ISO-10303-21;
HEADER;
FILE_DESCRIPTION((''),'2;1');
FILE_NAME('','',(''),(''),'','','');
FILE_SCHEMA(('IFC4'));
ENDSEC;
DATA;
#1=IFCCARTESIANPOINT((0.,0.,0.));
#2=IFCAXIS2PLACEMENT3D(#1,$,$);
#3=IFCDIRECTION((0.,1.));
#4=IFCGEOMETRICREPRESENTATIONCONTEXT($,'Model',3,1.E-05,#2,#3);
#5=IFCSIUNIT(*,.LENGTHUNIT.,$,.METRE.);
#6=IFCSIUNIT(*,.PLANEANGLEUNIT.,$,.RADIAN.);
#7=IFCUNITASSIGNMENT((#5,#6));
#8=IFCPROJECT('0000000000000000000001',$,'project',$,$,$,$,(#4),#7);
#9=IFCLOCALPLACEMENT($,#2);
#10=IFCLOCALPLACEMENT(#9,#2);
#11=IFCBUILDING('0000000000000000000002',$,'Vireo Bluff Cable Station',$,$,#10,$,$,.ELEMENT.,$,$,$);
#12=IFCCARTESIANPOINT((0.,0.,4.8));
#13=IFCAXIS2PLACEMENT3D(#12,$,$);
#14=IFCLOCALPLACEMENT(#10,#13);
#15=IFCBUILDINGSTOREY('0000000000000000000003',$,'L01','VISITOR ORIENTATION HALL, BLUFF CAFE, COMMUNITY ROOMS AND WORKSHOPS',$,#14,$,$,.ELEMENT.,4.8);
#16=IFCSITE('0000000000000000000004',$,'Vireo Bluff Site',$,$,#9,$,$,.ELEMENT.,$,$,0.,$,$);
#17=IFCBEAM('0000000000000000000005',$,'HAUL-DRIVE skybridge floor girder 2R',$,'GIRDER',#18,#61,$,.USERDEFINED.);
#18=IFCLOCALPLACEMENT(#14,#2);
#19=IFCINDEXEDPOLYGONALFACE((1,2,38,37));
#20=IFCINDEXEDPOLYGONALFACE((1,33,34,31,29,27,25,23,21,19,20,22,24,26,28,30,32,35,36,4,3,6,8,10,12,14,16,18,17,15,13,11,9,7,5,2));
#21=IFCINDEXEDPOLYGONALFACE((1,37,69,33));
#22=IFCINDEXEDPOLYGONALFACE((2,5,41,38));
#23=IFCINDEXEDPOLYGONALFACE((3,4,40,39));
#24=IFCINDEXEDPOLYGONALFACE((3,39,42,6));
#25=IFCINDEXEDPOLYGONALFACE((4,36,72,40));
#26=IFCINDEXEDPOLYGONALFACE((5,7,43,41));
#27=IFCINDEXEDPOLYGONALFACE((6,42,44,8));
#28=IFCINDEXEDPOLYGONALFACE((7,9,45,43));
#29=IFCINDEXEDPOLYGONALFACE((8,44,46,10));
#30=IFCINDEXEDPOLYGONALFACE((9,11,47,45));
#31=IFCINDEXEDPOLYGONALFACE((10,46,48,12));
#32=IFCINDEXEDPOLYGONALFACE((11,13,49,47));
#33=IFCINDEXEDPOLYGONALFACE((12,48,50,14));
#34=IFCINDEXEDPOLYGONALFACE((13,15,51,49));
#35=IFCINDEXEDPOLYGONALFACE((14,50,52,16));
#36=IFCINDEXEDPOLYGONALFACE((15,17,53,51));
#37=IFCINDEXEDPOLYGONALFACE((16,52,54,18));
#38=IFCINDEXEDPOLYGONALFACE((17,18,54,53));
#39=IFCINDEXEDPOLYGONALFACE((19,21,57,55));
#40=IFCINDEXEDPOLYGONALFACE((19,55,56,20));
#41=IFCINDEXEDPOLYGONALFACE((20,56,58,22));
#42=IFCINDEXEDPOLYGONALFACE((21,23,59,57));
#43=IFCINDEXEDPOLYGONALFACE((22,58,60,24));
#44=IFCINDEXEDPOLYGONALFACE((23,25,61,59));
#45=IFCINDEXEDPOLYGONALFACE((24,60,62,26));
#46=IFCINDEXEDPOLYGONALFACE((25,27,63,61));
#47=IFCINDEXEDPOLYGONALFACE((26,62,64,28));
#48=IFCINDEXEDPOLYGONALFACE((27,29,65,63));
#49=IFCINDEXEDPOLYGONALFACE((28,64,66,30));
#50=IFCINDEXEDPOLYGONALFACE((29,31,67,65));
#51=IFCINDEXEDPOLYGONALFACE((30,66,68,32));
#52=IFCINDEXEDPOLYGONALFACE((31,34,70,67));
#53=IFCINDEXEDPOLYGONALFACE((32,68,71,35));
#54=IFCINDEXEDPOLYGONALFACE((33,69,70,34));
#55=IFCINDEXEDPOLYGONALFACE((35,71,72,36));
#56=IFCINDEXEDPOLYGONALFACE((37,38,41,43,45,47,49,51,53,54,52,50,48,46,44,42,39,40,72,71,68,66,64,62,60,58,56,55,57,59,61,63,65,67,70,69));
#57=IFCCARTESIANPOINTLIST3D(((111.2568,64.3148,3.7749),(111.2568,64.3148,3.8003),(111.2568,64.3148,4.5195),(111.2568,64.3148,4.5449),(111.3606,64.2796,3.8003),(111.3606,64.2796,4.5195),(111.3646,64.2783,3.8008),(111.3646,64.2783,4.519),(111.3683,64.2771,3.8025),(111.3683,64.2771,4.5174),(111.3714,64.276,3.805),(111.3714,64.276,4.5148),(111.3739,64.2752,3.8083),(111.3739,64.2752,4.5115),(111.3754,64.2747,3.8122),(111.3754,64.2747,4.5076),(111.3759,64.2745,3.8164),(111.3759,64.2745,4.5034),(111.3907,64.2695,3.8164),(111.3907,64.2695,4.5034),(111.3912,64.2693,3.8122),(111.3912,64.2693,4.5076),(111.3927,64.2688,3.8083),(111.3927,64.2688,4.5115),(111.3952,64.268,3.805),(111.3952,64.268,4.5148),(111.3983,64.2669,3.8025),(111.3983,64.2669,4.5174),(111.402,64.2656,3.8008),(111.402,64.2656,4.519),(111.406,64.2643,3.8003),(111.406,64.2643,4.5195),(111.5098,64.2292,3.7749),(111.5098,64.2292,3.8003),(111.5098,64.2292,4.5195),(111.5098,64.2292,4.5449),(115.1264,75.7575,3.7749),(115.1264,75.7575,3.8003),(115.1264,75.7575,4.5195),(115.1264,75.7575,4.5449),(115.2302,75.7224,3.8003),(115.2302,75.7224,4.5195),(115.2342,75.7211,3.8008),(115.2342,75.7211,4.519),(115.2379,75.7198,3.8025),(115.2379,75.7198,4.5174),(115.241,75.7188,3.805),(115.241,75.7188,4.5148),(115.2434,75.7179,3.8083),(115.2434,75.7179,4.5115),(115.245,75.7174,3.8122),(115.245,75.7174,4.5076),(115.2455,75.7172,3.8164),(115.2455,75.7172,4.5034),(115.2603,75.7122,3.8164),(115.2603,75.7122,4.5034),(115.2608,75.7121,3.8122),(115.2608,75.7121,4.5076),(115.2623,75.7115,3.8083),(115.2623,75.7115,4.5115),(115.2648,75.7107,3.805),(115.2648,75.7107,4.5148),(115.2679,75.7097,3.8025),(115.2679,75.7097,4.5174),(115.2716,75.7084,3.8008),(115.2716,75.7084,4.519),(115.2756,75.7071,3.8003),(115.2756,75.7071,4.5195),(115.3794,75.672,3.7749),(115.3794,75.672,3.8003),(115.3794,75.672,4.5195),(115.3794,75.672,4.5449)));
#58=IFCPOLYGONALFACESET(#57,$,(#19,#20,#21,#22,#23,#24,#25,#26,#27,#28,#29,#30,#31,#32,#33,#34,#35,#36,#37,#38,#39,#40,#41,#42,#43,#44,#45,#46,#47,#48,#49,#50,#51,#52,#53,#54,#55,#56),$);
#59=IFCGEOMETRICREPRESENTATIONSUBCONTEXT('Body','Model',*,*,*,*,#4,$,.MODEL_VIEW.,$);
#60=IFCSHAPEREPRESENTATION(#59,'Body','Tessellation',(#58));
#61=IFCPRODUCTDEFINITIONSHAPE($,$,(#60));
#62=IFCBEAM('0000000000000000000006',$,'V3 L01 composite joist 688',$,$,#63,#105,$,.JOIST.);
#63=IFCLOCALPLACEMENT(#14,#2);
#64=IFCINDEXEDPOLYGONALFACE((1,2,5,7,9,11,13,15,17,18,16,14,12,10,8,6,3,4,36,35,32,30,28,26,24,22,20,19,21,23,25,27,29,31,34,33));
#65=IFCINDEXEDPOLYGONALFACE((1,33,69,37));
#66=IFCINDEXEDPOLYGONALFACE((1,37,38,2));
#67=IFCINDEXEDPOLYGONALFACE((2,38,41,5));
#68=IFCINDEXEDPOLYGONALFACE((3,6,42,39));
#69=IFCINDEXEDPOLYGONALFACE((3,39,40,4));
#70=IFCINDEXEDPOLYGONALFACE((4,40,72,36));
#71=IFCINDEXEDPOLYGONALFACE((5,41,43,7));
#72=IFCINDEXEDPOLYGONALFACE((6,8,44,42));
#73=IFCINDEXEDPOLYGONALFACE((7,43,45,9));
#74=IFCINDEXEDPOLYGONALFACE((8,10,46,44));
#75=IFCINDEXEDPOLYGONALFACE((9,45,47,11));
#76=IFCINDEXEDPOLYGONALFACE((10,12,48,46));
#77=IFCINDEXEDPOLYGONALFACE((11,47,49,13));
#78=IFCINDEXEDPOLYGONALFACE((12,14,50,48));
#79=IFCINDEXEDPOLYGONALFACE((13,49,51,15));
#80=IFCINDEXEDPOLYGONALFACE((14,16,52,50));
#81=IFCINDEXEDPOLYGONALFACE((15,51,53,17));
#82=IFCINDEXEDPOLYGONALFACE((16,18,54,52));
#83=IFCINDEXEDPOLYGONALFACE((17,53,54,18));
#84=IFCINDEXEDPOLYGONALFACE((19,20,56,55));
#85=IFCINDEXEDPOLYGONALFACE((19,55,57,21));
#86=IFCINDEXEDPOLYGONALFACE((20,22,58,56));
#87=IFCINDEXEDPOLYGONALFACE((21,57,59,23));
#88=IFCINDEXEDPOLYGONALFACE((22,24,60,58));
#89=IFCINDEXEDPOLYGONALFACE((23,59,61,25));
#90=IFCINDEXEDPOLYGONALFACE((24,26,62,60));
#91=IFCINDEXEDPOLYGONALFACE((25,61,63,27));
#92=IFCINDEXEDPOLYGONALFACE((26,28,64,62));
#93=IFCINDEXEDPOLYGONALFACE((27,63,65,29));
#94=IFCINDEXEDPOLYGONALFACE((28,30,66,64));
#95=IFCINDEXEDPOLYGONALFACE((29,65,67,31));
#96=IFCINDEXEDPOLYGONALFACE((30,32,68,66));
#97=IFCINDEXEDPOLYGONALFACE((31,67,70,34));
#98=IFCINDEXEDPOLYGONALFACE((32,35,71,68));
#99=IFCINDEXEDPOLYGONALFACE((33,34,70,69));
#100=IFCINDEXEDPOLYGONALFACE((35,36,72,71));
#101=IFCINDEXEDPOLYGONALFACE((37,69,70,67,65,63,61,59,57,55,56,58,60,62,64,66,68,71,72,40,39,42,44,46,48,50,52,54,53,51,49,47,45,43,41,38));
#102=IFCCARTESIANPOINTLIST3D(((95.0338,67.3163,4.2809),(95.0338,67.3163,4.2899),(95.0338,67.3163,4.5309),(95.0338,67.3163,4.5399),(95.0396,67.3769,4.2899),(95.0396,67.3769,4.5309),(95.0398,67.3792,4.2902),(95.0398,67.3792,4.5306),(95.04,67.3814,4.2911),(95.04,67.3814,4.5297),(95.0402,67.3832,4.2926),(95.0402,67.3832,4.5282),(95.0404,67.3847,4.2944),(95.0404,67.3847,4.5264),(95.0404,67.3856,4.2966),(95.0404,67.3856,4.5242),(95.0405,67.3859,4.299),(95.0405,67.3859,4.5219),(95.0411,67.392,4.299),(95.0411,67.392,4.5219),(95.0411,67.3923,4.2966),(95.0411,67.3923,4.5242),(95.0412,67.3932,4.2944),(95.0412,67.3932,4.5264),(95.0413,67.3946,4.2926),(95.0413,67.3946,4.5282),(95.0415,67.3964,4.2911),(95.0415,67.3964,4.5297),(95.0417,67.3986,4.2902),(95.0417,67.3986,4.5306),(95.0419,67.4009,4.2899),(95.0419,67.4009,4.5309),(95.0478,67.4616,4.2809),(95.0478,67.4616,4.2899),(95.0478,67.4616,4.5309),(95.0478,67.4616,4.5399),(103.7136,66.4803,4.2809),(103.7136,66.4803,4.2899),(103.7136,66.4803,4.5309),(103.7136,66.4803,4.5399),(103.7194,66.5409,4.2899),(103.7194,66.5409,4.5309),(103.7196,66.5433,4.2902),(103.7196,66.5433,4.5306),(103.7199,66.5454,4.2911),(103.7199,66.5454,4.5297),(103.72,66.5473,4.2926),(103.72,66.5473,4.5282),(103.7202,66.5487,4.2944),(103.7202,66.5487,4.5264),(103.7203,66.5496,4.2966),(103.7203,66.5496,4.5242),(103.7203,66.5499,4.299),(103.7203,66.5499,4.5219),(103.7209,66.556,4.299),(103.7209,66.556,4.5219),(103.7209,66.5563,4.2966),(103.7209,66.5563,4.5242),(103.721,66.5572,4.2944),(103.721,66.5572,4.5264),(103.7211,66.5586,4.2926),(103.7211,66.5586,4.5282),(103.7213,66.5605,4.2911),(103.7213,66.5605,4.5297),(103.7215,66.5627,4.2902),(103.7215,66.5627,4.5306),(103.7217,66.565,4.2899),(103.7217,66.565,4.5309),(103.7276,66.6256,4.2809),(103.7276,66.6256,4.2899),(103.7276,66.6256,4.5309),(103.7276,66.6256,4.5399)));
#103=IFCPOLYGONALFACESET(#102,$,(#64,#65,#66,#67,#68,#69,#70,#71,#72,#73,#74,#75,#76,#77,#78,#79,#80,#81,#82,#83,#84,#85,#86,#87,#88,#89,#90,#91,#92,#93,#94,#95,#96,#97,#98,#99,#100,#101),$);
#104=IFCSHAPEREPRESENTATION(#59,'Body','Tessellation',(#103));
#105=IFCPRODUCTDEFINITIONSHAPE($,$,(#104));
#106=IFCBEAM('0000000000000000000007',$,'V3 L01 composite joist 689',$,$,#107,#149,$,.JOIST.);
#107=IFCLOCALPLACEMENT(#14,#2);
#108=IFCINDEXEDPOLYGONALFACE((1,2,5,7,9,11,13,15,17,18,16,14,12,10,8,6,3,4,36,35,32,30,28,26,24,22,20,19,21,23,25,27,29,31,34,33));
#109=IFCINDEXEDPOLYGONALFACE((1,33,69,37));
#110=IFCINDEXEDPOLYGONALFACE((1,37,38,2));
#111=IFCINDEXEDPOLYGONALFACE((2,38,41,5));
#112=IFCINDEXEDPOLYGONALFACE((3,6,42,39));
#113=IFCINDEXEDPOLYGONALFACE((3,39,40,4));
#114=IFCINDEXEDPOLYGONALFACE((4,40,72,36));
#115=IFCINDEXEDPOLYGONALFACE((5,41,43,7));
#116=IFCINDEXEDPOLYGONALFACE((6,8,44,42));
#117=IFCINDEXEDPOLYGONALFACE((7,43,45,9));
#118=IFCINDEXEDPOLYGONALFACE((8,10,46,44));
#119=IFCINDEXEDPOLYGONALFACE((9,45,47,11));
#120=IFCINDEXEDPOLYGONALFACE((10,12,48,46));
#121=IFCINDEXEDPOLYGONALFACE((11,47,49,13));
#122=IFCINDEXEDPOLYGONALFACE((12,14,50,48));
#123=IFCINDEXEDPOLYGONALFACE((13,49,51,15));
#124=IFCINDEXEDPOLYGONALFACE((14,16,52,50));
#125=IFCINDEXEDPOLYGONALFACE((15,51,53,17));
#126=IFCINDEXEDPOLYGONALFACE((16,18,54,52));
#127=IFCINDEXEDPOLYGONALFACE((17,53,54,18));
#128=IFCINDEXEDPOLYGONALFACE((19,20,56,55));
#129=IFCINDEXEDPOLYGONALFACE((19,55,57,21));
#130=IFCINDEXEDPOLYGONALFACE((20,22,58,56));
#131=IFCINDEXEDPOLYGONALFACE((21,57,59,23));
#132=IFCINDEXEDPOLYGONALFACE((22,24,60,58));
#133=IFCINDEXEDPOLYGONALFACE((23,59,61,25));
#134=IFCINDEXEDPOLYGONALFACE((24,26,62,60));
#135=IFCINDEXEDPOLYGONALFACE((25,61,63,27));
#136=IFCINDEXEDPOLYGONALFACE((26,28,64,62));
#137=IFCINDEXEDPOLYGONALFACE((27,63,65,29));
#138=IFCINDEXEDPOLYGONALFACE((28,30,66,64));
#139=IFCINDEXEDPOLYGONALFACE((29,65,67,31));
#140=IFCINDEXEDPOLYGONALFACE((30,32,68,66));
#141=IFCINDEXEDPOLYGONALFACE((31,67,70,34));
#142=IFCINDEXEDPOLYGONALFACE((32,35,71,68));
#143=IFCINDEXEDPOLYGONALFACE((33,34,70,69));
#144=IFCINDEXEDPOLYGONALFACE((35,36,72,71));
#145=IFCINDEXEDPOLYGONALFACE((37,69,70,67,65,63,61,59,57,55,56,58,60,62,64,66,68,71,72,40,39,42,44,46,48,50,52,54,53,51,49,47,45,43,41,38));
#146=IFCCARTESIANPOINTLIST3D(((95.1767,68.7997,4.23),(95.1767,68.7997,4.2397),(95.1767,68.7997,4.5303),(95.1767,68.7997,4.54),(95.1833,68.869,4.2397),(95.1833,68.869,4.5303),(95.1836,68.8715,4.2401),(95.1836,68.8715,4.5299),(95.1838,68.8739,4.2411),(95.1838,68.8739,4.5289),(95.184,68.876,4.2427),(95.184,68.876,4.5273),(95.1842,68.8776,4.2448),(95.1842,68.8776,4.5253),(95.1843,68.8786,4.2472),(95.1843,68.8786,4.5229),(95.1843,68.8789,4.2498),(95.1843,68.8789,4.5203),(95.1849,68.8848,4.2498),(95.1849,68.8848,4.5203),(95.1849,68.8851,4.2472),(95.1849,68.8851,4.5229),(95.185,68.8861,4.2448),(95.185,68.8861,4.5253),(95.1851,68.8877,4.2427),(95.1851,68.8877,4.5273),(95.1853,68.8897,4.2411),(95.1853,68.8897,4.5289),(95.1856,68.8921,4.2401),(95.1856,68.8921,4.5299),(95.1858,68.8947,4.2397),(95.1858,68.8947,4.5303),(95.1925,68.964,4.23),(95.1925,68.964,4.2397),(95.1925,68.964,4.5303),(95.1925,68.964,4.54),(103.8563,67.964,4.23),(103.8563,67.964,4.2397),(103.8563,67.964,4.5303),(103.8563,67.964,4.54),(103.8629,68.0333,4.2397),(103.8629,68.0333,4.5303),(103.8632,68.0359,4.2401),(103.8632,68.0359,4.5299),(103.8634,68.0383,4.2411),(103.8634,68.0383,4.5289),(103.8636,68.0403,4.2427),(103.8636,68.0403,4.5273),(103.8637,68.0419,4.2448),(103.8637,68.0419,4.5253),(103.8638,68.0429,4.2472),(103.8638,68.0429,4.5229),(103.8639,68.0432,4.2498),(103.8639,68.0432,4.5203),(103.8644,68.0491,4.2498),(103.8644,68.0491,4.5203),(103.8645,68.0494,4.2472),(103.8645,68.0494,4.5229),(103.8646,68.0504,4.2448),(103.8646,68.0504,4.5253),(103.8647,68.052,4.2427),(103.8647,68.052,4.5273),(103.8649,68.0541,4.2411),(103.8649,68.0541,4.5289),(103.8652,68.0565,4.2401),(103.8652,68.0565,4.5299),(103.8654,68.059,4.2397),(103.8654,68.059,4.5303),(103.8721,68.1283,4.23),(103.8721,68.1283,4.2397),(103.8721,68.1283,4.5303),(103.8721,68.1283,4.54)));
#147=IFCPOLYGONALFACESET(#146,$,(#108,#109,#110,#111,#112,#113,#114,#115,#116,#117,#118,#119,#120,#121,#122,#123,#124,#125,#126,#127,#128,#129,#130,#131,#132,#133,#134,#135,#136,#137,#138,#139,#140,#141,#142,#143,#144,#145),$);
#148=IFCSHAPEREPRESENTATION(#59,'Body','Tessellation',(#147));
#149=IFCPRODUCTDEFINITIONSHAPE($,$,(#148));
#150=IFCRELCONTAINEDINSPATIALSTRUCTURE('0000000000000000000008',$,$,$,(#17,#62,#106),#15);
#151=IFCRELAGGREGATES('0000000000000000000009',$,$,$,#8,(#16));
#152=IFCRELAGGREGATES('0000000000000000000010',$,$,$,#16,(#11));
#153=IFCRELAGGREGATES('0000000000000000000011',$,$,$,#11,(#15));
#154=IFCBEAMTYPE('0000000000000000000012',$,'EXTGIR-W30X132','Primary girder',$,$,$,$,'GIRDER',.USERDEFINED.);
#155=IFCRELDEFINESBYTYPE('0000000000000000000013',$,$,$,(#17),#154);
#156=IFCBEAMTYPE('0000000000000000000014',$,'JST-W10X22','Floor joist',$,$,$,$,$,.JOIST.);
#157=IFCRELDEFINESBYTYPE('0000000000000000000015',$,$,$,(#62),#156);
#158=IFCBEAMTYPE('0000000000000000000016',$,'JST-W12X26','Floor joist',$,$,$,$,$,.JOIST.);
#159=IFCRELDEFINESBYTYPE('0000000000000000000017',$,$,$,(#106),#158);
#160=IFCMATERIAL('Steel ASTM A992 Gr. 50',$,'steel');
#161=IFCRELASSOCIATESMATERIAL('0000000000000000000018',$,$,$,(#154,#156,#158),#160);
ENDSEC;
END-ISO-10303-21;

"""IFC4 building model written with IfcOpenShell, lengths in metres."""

from ifc_helpers import new_model, si_unit, direction, frame, origin, origin_2d, place, context, subcontext, project, spatial, i_section, extrude, material, material_profile, profile_set, type_object, element, save


model = new_model("IFC4")

# Units and contexts
model_context = context("Model", 3, precision=1e-05, world=origin(), true_north=direction((0.0, 1.0)))
body_context = subcontext(model_context, "Body", "Model", "MODEL_VIEW")
ifc_project = project(units=[si_unit("LENGTHUNIT", "METRE"), si_unit("PLANEANGLEUNIT", "RADIAN")], contexts=[model_context])

# Site, building, storey
site_placement = place(None, origin())
site = spatial("IfcSite", under=ifc_project, at=site_placement, Name="Vireo Bluff Site", CompositionType="ELEMENT", RefElevation=0.0)
building_placement = place(site_placement, origin())
building = spatial("IfcBuilding", under=site, at=building_placement, Name="Vireo Bluff Cable Station", CompositionType="ELEMENT")
storey_placement = place(building_placement, frame((0.0, 0.0, 4.8)))
storey = spatial("IfcBuildingStorey", under=building, at=storey_placement, Name="L01", Description="VISITOR ORIENTATION HALL, BLUFF CAFE, COMMUNITY ROOMS AND WORKSHOPS", CompositionType="ELEMENT", Elevation=4.8)

# Shared definitions
ifc_material_1 = material(Name="Steel ASTM A992 Gr. 50", Category="steel")

# Beams
ifc_material_profile_1 = material_profile(ifc_material_1, i_section(OverallWidth=0.2671, OverallDepth=0.77, WebThickness=0.0156, FlangeThickness=0.0254, FilletRadius=0.0161, at=origin_2d()), Name="W30X132")
ifc_profile_set_1 = profile_set([ifc_material_profile_1], Name="Steel ASTM A992 Gr. 50")
beam_type_1 = type_object("IfcBeamType", Name="EXTGIR-W30X132", Description="Primary girder", ElementType="GIRDER", PredefinedType="USERDEFINED", material=ifc_profile_set_1)
for number, where, z_axis, x_axis, name in (
    (1, (111.3833, 64.272, 4.1599), (0.320348, 0.9473, 0.0), (-0.9473, 0.320348, 0.0), "HAUL-DRIVE skybridge floor girder 2R"),
):
    element("IfcBeam", number, at=place(storey_placement, frame(where, z_axis=z_axis, x_axis=x_axis)), inside=storey, type_object=beam_type_1, Name=name, ObjectType="GIRDER", PredefinedType="USERDEFINED", context=body_context, shape_type="SweptSolid", body=[
        extrude(i_section(OverallWidth=0.2671, OverallDepth=0.77, WebThickness=0.0156, FlangeThickness=0.0254, FilletRadius=0.0161, at=origin_2d()), origin(), (0.0, 0.0, 1.0), 12.0793),
    ])
ifc_material_profile_2 = material_profile(ifc_material_1, i_section(OverallWidth=0.146, OverallDepth=0.259, WebThickness=0.0061, FlangeThickness=0.009, FilletRadius=0.009, at=origin_2d()), Name="W10X22")
ifc_profile_set_2 = profile_set([ifc_material_profile_2], Name="Steel ASTM A992 Gr. 50")
beam_type_2 = type_object("IfcBeamType", Name="JST-W10X22", Description="Floor joist", PredefinedType="JOIST", material=ifc_profile_set_2)
beam_1_placement = place(storey_placement, frame((95.0408, 67.3889, 4.4104), z_axis=(0.995394, -0.095866, 0.0), x_axis=(0.095866, 0.995394, 0.0)))
element("IfcBeam", 2, at=beam_1_placement, inside=storey, type_object=beam_type_2, Name="V3 L01 composite joist 688", PredefinedType="JOIST", context=body_context, shape_type="SweptSolid", body=[
    extrude(i_section(OverallWidth=0.146, OverallDepth=0.259, WebThickness=0.0061, FlangeThickness=0.009, FilletRadius=0.009, at=origin_2d()), origin(), (0.0, 0.0, 1.0), 8.72),
])
ifc_material_profile_3 = material_profile(ifc_material_1, i_section(OverallWidth=0.165, OverallDepth=0.3101, WebThickness=0.0059, FlangeThickness=0.0098, FilletRadius=0.01, at=origin_2d()), Name="W12X26")
ifc_profile_set_3 = profile_set([ifc_material_profile_3], Name="Steel ASTM A992 Gr. 50")
beam_type_3 = type_object("IfcBeamType", Name="JST-W12X26", Description="Floor joist", PredefinedType="JOIST", material=ifc_profile_set_3)
beam_2_placement = place(storey_placement, frame((95.1846, 68.8818, 4.385), z_axis=(0.995397, -0.095838, 0.0), x_axis=(0.095838, 0.995397, 0.0)))
element("IfcBeam", 3, at=beam_2_placement, inside=storey, type_object=beam_type_3, Name="V3 L01 composite joist 689", PredefinedType="JOIST", context=body_context, shape_type="SweptSolid", body=[
    extrude(i_section(OverallWidth=0.165, OverallDepth=0.3101, WebThickness=0.0059, FlangeThickness=0.0098, FilletRadius=0.01, at=origin_2d()), origin(), (0.0, 0.0, 1.0), 8.7197),
])

save(model, "model.ifc")
